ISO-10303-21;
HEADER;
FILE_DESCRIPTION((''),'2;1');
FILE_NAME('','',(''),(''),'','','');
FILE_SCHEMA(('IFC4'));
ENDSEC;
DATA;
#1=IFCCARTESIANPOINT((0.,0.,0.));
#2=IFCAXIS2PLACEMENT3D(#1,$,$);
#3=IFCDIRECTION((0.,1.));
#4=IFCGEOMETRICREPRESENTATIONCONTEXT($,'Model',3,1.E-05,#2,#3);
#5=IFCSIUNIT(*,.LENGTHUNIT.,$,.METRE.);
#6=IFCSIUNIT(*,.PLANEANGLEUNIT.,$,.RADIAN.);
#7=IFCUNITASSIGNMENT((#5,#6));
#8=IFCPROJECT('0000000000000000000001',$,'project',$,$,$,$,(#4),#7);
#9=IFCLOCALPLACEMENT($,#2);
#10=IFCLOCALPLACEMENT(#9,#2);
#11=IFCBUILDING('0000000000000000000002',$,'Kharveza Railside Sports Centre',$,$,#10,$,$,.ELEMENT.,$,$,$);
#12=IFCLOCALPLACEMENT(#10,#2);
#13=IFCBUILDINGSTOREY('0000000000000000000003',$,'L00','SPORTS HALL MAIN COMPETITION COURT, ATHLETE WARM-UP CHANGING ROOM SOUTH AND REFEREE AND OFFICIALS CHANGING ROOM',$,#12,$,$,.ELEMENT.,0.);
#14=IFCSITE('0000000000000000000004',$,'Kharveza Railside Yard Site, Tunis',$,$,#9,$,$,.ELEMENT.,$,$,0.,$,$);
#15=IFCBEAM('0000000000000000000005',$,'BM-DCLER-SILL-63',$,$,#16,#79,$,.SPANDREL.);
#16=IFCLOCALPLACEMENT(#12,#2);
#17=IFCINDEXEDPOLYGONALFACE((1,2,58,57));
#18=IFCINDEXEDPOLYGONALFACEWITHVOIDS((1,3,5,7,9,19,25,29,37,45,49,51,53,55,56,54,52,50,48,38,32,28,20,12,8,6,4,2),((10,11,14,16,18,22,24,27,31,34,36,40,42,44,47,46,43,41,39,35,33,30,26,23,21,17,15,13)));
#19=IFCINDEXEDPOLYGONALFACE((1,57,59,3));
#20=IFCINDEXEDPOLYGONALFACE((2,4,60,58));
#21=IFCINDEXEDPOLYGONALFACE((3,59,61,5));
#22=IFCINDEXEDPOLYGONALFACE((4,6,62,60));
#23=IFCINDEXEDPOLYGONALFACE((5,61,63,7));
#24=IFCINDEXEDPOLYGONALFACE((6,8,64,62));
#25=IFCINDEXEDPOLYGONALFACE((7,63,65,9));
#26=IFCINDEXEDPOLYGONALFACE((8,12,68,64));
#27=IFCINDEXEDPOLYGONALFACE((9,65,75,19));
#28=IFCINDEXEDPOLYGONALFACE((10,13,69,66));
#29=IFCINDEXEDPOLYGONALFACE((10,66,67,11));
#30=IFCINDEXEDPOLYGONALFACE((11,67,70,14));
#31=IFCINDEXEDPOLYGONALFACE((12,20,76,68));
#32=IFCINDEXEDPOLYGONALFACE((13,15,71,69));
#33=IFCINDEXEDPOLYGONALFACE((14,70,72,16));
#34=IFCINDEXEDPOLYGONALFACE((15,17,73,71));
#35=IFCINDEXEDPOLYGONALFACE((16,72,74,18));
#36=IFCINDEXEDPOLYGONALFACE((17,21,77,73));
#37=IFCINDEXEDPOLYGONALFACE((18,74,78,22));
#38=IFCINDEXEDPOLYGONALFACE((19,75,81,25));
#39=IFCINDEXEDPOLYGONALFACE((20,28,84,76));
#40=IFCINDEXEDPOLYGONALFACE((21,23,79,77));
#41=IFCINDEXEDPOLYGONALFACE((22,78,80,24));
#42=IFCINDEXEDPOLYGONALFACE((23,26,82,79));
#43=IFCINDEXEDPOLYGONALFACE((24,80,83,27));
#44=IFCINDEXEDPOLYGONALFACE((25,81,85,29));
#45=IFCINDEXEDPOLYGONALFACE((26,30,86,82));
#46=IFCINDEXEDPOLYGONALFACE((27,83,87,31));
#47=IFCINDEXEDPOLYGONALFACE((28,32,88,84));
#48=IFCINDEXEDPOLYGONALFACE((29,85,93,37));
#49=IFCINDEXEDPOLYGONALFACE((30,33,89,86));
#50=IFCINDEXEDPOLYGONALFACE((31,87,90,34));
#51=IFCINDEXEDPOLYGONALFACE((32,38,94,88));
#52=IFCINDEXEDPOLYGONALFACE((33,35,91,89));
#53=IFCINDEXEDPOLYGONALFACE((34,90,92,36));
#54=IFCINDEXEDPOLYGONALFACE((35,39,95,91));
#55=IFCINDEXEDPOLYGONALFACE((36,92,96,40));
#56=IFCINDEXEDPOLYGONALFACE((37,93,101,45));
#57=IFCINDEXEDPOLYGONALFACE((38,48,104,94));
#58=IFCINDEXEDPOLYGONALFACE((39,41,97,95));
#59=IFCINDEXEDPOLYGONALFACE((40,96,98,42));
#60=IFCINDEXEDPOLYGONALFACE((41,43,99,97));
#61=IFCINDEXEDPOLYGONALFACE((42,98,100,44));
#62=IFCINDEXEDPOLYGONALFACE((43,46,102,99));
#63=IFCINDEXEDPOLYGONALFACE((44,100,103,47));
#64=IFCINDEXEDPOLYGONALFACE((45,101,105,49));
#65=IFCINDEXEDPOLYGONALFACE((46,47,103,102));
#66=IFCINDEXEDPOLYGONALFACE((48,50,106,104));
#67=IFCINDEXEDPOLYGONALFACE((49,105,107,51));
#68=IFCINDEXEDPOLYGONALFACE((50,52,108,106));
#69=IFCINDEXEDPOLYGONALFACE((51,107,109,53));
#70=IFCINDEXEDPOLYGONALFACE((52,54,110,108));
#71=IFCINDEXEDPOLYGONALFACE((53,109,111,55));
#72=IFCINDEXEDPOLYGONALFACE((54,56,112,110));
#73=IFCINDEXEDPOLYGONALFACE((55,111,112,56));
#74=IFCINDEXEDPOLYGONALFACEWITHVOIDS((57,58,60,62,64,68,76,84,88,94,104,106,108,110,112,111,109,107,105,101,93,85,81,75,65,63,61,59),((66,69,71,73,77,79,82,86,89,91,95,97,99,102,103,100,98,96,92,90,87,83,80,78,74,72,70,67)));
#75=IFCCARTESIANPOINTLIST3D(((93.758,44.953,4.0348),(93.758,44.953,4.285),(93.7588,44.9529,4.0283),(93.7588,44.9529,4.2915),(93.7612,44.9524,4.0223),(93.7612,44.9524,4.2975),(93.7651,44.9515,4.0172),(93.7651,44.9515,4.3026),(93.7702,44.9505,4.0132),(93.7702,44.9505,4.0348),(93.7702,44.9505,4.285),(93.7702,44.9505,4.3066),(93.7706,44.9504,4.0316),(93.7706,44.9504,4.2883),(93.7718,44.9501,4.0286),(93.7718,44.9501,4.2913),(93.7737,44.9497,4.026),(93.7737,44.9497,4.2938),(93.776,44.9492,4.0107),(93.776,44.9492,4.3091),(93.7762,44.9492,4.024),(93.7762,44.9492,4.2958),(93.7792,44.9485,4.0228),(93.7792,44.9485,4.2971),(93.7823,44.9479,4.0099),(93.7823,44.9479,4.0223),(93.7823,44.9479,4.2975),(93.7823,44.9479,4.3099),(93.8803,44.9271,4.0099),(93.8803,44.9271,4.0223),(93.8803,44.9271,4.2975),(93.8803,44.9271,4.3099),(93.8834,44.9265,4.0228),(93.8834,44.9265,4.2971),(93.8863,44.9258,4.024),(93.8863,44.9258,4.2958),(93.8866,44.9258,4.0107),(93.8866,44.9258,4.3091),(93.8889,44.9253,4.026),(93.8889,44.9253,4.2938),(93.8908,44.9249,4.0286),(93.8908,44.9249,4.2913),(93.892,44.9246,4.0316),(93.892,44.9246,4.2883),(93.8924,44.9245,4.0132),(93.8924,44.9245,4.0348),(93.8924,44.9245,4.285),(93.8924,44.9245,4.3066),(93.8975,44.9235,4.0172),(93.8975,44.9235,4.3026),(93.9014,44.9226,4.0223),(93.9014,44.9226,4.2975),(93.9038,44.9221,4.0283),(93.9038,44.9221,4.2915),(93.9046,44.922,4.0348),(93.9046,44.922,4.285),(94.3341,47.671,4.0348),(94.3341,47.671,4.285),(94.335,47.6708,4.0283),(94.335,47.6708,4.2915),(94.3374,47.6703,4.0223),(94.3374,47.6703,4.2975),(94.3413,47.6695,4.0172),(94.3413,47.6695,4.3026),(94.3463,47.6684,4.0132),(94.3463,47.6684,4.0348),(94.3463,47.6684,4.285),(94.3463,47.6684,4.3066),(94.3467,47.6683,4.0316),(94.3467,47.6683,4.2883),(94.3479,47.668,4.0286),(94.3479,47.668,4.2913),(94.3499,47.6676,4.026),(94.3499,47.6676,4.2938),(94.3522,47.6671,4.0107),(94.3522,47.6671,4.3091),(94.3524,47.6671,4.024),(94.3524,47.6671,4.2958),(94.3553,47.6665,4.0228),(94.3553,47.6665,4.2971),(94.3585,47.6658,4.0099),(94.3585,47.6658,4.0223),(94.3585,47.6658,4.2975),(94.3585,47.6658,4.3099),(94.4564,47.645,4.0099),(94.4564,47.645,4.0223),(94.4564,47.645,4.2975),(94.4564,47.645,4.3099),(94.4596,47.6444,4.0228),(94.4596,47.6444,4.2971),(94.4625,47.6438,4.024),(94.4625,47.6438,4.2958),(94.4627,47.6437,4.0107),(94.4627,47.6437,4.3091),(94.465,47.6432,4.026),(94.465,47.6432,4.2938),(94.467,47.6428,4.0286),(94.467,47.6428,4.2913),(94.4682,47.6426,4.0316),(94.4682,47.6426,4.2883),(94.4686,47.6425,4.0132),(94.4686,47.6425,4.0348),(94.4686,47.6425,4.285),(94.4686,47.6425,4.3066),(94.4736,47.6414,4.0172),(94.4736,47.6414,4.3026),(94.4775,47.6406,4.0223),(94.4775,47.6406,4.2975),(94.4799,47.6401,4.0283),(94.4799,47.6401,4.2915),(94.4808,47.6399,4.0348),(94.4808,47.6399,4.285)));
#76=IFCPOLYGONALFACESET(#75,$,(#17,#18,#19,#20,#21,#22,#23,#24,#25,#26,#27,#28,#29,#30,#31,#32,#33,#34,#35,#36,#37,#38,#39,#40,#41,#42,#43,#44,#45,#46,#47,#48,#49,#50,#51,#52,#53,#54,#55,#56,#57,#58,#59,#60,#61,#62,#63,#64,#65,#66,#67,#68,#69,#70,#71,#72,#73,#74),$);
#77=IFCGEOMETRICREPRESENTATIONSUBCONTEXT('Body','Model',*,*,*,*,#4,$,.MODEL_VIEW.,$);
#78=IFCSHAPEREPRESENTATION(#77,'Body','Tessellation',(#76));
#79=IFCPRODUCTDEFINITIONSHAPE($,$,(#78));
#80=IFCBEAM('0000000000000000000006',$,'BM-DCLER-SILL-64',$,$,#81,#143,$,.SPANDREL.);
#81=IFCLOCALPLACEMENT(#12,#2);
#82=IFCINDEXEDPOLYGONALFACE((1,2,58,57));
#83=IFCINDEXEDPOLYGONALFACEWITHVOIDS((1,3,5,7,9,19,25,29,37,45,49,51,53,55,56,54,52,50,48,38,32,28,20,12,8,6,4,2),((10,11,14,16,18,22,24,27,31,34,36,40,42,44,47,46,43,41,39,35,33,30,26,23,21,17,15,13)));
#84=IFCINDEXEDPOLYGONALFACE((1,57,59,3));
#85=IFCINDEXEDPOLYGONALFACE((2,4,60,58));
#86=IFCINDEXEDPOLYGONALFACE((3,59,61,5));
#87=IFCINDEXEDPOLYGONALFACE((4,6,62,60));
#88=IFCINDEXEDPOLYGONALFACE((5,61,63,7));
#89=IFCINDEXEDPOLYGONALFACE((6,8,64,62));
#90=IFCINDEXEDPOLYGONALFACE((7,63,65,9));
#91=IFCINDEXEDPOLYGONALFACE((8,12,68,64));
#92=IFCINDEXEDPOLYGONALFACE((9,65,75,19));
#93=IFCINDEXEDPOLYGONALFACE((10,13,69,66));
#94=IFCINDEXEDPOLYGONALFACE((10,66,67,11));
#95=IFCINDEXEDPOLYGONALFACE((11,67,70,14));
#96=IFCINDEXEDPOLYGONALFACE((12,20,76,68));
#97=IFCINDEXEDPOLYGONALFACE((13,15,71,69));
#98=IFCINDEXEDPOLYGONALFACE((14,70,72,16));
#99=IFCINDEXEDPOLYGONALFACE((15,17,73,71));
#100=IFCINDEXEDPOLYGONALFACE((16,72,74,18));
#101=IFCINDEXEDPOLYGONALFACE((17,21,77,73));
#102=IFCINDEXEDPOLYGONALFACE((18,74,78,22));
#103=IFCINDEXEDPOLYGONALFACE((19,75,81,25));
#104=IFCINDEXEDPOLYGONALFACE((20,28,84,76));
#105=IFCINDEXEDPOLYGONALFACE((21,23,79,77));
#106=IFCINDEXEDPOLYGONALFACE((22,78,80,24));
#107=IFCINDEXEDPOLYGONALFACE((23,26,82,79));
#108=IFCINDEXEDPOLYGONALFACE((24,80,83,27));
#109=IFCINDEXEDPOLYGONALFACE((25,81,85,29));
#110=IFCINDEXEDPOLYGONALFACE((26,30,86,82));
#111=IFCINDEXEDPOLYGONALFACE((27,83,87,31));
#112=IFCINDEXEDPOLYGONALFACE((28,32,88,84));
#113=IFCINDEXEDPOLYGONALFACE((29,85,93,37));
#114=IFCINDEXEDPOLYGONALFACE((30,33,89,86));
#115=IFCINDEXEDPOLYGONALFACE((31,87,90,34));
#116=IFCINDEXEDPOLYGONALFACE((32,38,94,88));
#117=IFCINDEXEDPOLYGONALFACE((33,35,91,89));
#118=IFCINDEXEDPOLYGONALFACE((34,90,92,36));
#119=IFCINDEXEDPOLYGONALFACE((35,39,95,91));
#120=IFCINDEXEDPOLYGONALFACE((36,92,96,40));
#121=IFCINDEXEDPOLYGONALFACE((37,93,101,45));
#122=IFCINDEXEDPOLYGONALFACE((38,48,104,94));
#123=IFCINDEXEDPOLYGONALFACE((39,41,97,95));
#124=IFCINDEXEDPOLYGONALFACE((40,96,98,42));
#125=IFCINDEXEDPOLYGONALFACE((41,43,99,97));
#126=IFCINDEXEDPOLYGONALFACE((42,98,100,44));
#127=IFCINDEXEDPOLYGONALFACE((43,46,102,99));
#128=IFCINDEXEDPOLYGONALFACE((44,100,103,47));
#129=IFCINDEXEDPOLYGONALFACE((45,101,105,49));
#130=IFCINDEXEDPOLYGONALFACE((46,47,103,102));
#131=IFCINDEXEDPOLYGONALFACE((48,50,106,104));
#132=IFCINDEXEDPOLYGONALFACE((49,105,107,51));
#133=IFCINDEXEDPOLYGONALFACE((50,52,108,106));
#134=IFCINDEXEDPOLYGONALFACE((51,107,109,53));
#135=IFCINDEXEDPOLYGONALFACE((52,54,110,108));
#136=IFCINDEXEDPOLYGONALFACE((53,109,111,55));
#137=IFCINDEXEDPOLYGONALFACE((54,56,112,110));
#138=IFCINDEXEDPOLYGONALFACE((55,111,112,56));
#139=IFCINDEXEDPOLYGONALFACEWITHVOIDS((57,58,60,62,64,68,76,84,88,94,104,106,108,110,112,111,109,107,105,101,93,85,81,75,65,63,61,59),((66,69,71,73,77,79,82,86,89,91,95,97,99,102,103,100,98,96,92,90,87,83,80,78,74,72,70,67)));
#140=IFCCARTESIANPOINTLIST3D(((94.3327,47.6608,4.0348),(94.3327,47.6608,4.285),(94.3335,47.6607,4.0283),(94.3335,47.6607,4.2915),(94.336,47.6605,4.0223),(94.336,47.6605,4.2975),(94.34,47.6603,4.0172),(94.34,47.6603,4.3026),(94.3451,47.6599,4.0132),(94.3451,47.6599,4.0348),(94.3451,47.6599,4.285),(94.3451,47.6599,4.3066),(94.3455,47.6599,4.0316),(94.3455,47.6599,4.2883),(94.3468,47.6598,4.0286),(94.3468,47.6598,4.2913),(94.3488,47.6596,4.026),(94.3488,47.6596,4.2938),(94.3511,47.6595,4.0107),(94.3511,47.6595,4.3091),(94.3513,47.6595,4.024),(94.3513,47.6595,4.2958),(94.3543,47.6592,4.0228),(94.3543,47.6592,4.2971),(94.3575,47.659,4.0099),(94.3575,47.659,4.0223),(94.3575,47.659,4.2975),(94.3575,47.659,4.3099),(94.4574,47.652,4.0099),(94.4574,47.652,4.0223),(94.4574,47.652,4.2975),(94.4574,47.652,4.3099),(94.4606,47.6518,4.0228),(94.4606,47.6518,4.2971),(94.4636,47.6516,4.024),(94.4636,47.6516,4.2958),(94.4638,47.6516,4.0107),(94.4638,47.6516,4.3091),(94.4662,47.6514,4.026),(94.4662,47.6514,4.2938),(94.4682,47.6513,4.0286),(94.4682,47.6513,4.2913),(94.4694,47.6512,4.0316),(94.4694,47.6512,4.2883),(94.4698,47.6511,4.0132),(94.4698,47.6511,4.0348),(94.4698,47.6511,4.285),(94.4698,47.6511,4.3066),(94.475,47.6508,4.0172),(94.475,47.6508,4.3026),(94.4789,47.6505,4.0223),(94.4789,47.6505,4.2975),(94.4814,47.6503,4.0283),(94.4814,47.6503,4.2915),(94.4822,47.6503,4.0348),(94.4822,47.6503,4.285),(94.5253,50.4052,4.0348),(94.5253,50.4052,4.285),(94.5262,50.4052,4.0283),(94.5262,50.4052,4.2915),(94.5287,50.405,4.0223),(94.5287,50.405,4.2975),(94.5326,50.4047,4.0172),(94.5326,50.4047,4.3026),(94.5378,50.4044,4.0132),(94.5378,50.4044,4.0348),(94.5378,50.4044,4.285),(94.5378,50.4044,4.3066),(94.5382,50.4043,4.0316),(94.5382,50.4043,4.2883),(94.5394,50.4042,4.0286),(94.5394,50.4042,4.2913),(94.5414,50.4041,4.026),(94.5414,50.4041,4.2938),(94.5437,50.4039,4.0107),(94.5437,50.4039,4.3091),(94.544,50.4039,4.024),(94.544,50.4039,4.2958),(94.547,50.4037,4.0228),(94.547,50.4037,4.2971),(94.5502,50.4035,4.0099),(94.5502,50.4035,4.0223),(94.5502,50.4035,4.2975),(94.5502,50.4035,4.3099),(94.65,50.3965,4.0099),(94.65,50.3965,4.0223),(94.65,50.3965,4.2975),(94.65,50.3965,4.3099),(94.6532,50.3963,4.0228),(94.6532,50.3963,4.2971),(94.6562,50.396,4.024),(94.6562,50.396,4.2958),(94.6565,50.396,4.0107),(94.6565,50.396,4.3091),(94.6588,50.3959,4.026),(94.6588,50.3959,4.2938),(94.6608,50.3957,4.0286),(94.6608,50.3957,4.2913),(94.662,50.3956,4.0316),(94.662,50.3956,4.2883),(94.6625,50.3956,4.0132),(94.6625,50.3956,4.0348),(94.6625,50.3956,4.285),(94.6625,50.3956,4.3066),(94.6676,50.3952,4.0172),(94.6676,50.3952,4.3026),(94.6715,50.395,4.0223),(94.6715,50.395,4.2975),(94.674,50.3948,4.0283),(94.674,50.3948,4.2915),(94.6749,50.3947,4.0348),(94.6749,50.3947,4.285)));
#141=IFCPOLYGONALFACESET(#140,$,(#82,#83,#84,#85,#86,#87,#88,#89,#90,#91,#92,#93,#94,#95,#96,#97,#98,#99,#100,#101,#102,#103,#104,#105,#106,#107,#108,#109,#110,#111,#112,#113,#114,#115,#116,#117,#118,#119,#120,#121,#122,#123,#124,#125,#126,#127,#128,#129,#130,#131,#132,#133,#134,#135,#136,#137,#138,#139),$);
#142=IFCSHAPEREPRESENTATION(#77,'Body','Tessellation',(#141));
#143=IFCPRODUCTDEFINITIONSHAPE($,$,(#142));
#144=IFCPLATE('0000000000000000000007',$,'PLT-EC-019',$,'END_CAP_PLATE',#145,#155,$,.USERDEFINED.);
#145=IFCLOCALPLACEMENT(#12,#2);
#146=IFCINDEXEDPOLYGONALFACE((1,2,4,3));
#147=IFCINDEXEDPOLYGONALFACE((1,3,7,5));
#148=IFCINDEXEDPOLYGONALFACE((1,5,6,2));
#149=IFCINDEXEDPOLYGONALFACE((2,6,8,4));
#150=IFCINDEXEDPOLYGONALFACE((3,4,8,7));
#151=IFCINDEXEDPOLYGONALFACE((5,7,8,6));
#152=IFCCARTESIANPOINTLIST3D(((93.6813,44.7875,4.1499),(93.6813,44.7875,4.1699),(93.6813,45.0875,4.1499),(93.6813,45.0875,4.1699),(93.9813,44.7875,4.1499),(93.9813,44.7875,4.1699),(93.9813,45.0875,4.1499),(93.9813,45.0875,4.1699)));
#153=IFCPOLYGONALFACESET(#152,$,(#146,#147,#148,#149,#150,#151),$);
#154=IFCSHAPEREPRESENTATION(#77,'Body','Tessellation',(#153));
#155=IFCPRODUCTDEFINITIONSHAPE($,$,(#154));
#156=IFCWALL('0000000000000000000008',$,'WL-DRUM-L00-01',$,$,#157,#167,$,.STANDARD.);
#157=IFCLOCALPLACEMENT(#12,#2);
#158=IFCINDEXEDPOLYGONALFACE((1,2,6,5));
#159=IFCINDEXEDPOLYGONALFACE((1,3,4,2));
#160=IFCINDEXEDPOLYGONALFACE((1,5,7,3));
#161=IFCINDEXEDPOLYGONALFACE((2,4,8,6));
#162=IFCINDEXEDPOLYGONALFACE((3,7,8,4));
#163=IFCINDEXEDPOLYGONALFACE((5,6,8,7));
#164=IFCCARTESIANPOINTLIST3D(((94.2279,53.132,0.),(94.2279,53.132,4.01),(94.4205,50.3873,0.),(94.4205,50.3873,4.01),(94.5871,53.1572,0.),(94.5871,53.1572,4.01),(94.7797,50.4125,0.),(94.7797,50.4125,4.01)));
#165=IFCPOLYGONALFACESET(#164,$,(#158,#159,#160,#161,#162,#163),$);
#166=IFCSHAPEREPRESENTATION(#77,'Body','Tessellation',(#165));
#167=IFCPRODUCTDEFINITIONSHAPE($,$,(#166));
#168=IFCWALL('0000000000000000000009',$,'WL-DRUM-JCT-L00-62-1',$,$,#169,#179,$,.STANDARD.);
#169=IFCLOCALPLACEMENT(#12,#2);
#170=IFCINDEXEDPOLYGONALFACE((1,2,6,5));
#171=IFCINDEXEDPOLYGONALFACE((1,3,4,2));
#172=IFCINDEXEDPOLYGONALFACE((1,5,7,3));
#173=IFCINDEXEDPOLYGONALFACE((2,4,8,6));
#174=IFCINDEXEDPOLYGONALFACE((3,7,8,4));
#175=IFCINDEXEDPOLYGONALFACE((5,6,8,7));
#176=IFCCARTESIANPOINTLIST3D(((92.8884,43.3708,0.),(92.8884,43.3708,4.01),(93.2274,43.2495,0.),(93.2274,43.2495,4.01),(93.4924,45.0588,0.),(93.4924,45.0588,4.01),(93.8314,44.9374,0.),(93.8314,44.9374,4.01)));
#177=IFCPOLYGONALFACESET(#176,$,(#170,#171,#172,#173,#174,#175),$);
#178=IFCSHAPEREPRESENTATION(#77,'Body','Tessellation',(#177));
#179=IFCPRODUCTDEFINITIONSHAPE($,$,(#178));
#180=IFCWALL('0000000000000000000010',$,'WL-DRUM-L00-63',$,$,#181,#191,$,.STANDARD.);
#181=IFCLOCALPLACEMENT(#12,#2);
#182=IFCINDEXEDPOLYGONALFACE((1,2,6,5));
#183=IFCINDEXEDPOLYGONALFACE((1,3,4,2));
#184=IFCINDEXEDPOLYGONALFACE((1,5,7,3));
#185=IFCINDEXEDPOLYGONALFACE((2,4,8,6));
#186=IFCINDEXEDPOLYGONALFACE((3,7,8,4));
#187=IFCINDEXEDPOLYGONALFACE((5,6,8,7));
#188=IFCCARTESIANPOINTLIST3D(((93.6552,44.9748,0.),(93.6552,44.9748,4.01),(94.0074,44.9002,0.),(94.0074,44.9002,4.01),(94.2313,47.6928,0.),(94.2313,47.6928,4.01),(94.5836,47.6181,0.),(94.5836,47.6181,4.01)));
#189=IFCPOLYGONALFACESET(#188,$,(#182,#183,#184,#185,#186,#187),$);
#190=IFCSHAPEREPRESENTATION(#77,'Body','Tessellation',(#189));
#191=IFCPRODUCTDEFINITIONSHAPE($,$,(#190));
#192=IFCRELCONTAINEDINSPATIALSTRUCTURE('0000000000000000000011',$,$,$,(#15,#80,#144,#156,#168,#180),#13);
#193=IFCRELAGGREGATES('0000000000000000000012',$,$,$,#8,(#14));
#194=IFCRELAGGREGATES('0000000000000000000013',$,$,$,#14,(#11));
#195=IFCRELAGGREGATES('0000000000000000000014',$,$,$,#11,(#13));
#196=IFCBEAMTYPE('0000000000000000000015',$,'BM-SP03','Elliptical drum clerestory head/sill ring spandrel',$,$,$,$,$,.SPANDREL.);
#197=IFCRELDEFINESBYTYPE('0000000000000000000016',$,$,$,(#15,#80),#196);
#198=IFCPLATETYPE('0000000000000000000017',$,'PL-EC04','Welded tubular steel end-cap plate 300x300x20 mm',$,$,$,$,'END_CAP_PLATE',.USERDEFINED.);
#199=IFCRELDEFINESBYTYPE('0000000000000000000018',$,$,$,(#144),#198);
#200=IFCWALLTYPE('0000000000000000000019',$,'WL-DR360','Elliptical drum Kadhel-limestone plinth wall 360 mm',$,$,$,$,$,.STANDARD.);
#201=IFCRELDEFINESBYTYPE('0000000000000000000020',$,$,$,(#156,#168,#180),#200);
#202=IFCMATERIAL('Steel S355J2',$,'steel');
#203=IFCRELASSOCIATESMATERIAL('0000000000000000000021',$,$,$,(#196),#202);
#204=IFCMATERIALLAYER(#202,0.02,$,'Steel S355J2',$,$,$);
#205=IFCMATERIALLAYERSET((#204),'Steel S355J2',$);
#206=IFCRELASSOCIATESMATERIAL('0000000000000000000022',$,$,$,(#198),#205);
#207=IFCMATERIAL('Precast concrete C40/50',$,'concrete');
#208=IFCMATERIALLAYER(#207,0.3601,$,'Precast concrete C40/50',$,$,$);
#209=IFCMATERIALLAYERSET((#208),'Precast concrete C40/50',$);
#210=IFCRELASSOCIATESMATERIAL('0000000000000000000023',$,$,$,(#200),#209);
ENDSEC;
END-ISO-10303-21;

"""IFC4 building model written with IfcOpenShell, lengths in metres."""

from ifc_helpers import new_model, si_unit, direction, frame, frame_2d, origin, origin_2d, place, context, subcontext, project, spatial, rectangle, hollow_rectangle, extrude, material, layer, layer_set, material_profile, profile_set, type_object, element, save


model = new_model("IFC4")

# Units and contexts
model_context = context("Model", 3, precision=1e-05, world=origin(), true_north=direction((0.0, 1.0)))
body_context = subcontext(model_context, "Body", "Model", "MODEL_VIEW")
ifc_project = project(units=[si_unit("LENGTHUNIT", "METRE"), si_unit("PLANEANGLEUNIT", "RADIAN")], contexts=[model_context])

# Site, building, storey
site_placement = place(None, origin())
site = spatial("IfcSite", under=ifc_project, at=site_placement, Name="Kharveza Railside Yard Site, Tunis", CompositionType="ELEMENT", RefElevation=0.0)
building_placement = place(site_placement, origin())
building = spatial("IfcBuilding", under=site, at=building_placement, Name="Kharveza Railside Sports Centre", CompositionType="ELEMENT")
storey_placement = place(building_placement, origin())
storey = spatial("IfcBuildingStorey", under=building, at=storey_placement, Name="L00", Description="SPORTS HALL MAIN COMPETITION COURT, ATHLETE WARM-UP CHANGING ROOM SOUTH AND REFEREE AND OFFICIALS CHANGING ROOM", CompositionType="ELEMENT", Elevation=0.0)

# Shared definitions
ifc_material_1 = material(Name="Steel S355J2", Category="steel")

# Beams
ifc_material_profile_1 = material_profile(ifc_material_1, hollow_rectangle(XDim=0.1499, YDim=0.3, WallThickness=0.0125, InnerFilletRadius=0.0125, OuterFilletRadius=0.0249, at=origin_2d()), Name="RHS 150x300x12.5")
ifc_profile_set_1 = profile_set([ifc_material_profile_1], Name="Steel S355J2")
beam_type_1 = type_object("IfcBeamType", Name="BM-SP03", Description="Elliptical drum clerestory head/sill ring spandrel", PredefinedType="SPANDREL", material=ifc_profile_set_1)
beam_1_placement = place(storey_placement, frame((93.8313, 44.9375, 4.1599), z_axis=(0.207374, 0.978262, 0.0), x_axis=(-0.978262, 0.207374, 0.0)))
element("IfcBeam", 1, at=beam_1_placement, inside=storey, type_object=beam_type_1, Name="BM-DCLER-SILL-63", PredefinedType="SPANDREL", context=body_context, shape_type="SweptSolid", body=[
    extrude(hollow_rectangle(XDim=0.1499, YDim=0.3, WallThickness=0.0125, InnerFilletRadius=0.0125, OuterFilletRadius=0.0249, at=origin_2d()), origin(), (0.0, 0.0, 1.0), 2.7783),
])
beam_2_placement = place(storey_placement, frame((94.4075, 47.6555, 4.1599), z_axis=(0.070017, 0.997546, 0.0), x_axis=(-0.997546, 0.070017, 0.0)))
element("IfcBeam", 2, at=beam_2_placement, inside=storey, type_object=beam_type_1, Name="BM-DCLER-SILL-64", PredefinedType="SPANDREL", context=body_context, shape_type="SweptSolid", body=[
    extrude(hollow_rectangle(XDim=0.1499, YDim=0.3, WallThickness=0.0125, InnerFilletRadius=0.0125, OuterFilletRadius=0.0249, at=origin_2d()), origin(), (0.0, 0.0, 1.0), 2.7512),
])

# Plate
ifc_layer_1 = layer(ifc_material_1, 0.02, Name="Steel S355J2")
ifc_layer_set_1 = layer_set([ifc_layer_1], Name="Steel S355J2")
plate_type = type_object("IfcPlateType", Name="PL-EC04", Description="Welded tubular steel end-cap plate 300x300x20 mm", ElementType="END_CAP_PLATE", PredefinedType="USERDEFINED", material=ifc_layer_set_1)
plate_placement = place(storey_placement, frame((93.8313, 44.9375, 4.1499), z_axis=(0.0, 0.0, 1.0), x_axis=(1.0, 0.0, 0.0)))
element("IfcPlate", 3, at=plate_placement, inside=storey, type_object=plate_type, Name="PLT-EC-019", ObjectType="END_CAP_PLATE", PredefinedType="USERDEFINED", context=body_context, shape_type="SweptSolid", body=[
    extrude(rectangle(XDim=0.3, YDim=0.3, at=origin_2d()), origin(), (0.0, 0.0, 1.0), 0.02),
])

# Walls
ifc_material_2 = material(Name="Precast concrete C40/50", Category="concrete")
ifc_layer_2 = layer(ifc_material_2, 0.3601, Name="Precast concrete C40/50")
ifc_layer_set_2 = layer_set([ifc_layer_2], Name="Precast concrete C40/50")
wall_type = type_object("IfcWallType", Name="WL-DR360", Description="Elliptical drum Kadhel-limestone plinth wall 360 mm", PredefinedType="STANDARD", material=ifc_layer_set_2)
wall_1_placement = place(storey_placement, frame((94.6001, 50.3999, 0.0), z_axis=(0.0, 0.0, 1.0), x_axis=(-0.070011, 0.997546, 0.0)))
element("IfcWall", 4, at=wall_1_placement, inside=storey, type_object=wall_type, Name="WL-DRUM-L00-01", PredefinedType="STANDARD", context=body_context, shape_type="SweptSolid", body=[
    extrude(rectangle(XDim=2.7515, YDim=0.3601, at=frame_2d((1.3757, 0.0))), origin(), (0.0, 0.0, 1.0), 4.01),
])
wall_2_placement = place(storey_placement, frame((93.0579, 43.3101, 0.0), z_axis=(0.0, 0.0, 1.0), x_axis=(0.336906, 0.941538, 0.0)))
element("IfcWall", 5, at=wall_2_placement, inside=storey, type_object=wall_type, Name="WL-DRUM-JCT-L00-62-1", PredefinedType="STANDARD", context=body_context, shape_type="SweptSolid", body=[
    extrude(rectangle(XDim=1.7927, YDim=0.3601, at=frame_2d((0.8965, 0.0))), origin(), (0.0, 0.0, 1.0), 4.01),
])
wall_3_placement = place(storey_placement, frame((93.8313, 44.9375, 0.0), z_axis=(0.0, 0.0, 1.0), x_axis=(0.207374, 0.978262, 0.0)))
element("IfcWall", 6, at=wall_3_placement, inside=storey, type_object=wall_type, Name="WL-DRUM-L00-63", PredefinedType="STANDARD", context=body_context, shape_type="SweptSolid", body=[
    extrude(rectangle(XDim=2.7783, YDim=0.3601, at=frame_2d((1.3892, 0.0))), origin(), (0.0, 0.0, 1.0), 4.01),
])

save(model, "model.ifc")
